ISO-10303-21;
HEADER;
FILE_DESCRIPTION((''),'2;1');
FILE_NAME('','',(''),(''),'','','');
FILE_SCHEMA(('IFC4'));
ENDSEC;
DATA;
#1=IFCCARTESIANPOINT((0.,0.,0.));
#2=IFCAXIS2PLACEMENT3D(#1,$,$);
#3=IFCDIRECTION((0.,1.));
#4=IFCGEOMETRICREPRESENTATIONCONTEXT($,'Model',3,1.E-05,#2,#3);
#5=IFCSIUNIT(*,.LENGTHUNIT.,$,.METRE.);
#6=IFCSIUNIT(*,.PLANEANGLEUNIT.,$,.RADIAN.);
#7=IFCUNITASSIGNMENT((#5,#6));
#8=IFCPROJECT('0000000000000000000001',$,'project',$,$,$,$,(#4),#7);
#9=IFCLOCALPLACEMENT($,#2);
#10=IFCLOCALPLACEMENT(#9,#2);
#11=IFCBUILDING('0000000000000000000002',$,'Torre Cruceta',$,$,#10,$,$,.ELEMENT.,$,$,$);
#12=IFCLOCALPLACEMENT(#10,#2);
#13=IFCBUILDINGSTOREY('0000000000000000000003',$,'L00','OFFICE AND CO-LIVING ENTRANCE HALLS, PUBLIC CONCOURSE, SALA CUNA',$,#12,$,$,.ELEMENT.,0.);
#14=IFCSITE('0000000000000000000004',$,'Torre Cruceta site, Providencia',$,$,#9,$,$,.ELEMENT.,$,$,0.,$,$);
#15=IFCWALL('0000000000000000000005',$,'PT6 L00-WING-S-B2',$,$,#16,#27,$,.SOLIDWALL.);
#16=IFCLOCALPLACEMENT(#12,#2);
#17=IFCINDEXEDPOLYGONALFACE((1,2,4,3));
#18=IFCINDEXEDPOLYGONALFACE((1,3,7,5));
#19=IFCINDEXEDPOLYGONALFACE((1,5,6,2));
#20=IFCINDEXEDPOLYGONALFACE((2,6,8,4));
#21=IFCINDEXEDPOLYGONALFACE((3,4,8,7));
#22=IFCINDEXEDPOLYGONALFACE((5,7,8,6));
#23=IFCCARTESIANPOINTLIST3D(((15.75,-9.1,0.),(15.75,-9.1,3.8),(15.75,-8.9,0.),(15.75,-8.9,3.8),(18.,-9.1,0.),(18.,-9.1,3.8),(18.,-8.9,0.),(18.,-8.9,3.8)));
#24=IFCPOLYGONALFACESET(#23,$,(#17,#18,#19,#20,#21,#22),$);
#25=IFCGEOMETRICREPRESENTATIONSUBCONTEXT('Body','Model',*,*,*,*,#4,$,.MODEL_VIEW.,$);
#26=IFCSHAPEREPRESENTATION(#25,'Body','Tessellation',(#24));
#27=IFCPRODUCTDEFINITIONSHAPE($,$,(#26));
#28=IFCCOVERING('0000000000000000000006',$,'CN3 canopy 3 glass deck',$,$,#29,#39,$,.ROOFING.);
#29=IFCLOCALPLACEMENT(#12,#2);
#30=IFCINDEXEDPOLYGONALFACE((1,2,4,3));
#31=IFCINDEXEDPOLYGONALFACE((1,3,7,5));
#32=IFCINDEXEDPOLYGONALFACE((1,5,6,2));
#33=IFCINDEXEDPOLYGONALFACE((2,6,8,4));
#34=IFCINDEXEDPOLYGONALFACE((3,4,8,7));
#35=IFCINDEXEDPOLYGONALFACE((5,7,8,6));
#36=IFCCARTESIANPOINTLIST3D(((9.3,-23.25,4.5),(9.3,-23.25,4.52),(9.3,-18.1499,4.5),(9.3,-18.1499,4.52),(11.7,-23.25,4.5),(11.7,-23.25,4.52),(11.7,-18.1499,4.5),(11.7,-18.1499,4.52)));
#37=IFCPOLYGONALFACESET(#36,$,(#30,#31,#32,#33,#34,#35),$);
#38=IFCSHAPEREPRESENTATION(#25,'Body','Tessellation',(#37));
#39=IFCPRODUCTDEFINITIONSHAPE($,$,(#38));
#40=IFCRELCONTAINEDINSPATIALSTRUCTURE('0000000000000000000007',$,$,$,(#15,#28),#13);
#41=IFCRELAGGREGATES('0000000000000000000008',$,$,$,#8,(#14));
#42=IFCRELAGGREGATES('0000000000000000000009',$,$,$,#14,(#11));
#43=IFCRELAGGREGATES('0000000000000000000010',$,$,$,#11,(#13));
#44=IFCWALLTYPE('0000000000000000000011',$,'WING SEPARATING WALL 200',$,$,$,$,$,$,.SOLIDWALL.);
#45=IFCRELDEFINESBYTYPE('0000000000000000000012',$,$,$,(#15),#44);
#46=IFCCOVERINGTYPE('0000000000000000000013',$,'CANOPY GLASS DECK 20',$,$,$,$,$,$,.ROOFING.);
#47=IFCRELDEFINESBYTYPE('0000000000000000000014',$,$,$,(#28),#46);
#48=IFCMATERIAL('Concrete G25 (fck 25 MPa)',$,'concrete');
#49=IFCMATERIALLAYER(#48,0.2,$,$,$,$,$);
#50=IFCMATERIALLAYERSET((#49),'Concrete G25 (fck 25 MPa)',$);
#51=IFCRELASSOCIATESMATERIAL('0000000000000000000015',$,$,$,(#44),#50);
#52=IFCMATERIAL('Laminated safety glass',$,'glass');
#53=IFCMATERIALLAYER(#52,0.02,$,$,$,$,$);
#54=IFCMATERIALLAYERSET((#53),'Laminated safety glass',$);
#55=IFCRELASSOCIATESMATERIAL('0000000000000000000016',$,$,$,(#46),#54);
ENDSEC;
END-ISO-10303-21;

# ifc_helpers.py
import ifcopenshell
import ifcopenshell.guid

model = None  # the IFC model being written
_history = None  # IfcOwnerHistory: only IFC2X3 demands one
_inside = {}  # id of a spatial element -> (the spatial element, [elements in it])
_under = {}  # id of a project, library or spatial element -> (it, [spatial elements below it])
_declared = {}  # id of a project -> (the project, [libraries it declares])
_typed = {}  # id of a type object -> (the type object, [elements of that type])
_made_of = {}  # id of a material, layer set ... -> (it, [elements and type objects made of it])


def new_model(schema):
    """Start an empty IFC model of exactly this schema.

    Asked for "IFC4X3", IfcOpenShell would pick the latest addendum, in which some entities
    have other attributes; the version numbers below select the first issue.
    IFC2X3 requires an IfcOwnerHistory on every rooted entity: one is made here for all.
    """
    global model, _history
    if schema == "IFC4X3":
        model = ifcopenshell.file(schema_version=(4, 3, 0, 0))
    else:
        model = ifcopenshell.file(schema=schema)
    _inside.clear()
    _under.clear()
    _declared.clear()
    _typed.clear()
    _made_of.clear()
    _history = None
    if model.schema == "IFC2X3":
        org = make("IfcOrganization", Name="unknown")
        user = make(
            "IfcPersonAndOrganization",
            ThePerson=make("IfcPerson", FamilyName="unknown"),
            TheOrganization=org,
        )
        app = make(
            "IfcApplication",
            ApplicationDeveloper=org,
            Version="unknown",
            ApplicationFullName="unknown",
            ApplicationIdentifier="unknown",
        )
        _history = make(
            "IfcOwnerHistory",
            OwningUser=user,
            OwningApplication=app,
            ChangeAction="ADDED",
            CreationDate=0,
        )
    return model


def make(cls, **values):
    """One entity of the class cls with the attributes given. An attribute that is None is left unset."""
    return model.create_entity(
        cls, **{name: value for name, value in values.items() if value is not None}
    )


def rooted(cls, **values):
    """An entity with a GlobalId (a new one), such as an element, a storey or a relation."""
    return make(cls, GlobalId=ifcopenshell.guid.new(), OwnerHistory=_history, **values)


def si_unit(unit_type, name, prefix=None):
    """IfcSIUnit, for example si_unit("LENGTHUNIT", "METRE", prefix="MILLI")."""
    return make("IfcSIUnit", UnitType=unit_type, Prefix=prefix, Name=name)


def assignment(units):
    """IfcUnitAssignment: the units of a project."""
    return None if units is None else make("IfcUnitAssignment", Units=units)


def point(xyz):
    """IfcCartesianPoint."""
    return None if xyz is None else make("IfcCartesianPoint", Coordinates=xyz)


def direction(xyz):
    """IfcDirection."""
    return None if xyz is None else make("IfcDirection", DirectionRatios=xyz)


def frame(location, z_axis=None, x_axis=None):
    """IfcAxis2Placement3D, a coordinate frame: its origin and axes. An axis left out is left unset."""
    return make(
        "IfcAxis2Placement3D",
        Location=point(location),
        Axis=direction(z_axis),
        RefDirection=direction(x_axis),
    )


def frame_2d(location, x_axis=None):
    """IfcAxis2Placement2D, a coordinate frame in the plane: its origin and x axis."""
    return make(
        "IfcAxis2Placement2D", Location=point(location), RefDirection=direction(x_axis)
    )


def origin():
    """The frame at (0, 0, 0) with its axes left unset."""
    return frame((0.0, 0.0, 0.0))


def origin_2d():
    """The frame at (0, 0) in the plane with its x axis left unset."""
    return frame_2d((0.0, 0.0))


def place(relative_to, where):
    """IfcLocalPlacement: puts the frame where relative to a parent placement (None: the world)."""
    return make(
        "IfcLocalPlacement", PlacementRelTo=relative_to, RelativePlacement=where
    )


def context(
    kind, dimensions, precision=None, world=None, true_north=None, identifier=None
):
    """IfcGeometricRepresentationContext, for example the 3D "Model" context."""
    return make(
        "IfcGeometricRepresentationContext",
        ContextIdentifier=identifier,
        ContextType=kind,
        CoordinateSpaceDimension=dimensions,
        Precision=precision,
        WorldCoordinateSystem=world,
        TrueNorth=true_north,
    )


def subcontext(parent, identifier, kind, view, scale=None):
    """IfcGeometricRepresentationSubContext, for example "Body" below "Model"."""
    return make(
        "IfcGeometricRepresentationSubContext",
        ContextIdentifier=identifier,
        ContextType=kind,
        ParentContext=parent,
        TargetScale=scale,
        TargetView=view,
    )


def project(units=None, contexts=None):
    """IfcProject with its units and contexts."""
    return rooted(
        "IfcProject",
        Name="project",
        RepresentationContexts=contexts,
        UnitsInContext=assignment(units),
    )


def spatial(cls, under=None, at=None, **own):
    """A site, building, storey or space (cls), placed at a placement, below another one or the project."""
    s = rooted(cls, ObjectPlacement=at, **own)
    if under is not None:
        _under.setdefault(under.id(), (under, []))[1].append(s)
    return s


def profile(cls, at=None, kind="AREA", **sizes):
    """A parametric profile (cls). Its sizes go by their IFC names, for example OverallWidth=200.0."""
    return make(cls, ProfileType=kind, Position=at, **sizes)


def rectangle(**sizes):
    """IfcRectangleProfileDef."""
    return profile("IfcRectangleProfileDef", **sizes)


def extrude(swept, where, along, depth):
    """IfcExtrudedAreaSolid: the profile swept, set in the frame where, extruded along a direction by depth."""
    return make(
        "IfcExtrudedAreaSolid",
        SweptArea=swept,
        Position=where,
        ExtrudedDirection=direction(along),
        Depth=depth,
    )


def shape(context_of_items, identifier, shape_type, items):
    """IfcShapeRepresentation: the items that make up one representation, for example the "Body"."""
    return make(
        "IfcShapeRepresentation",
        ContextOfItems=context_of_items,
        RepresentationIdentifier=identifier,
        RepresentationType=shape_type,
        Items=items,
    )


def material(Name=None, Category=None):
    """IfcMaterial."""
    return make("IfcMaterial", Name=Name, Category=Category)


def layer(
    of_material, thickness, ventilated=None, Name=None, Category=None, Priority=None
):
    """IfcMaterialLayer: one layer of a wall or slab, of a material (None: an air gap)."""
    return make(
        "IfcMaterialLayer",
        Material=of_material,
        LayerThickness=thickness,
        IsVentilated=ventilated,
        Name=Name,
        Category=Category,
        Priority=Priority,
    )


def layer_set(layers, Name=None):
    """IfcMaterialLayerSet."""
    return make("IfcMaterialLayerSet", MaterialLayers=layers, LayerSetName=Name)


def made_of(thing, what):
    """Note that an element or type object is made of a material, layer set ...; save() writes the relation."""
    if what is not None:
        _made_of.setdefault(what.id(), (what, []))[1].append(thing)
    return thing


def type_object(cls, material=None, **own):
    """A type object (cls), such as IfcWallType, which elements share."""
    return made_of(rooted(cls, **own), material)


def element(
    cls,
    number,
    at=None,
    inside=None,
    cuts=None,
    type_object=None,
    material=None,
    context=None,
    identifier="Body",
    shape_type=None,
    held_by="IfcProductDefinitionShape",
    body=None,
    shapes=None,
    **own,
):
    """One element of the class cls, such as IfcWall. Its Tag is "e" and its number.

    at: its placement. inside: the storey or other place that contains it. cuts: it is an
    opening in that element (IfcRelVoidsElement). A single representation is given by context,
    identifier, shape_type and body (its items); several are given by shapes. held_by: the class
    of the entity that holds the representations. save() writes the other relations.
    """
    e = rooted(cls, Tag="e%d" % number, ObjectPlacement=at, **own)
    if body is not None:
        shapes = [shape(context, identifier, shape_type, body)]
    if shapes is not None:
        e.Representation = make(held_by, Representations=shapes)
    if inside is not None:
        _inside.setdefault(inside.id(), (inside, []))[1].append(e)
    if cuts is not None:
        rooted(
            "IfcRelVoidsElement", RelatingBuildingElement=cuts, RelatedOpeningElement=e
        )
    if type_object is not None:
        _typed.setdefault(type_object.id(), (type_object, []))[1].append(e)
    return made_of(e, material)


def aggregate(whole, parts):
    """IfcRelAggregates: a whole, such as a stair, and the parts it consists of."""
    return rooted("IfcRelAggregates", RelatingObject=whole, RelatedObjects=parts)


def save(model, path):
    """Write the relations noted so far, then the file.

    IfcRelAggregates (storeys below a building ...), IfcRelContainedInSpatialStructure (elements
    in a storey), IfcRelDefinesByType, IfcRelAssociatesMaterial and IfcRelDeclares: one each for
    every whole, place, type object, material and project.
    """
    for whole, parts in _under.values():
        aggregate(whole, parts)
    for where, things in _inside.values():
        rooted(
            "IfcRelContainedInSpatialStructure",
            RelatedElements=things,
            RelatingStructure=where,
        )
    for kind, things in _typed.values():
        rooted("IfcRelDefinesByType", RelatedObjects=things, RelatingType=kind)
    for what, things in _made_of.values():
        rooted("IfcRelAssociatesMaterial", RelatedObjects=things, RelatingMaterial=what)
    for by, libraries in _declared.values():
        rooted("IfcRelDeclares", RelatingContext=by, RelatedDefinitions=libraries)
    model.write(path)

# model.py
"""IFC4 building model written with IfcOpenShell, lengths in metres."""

from ifc_helpers import new_model, si_unit, direction, frame, frame_2d, origin, origin_2d, place, context, subcontext, project, spatial, rectangle, extrude, material, layer, layer_set, type_object, element, save


model = new_model("IFC4")

# Units and contexts
model_context = context("Model", 3, precision=1e-05, world=origin(), true_north=direction((0.0, 1.0)))
body_context = subcontext(model_context, "Body", "Model", "MODEL_VIEW")
ifc_project = project(units=[si_unit("LENGTHUNIT", "METRE"), si_unit("PLANEANGLEUNIT", "RADIAN")], contexts=[model_context])

# Site, building, storey
site_placement = place(None, origin())
site = spatial("IfcSite", under=ifc_project, at=site_placement, Name="Torre Cruceta site, Providencia", CompositionType="ELEMENT", RefElevation=0.0)
building_placement = place(site_placement, origin())
building = spatial("IfcBuilding", under=site, at=building_placement, Name="Torre Cruceta", CompositionType="ELEMENT")
storey_placement = place(building_placement, origin())
storey = spatial("IfcBuildingStorey", under=building, at=storey_placement, Name="L00", Description="OFFICE AND CO-LIVING ENTRANCE HALLS, PUBLIC CONCOURSE, SALA CUNA", CompositionType="ELEMENT", Elevation=0.0)

# Wall
ifc_material_1 = material(Name="Concrete G25 (fck 25 MPa)", Category="concrete")
ifc_layer_1 = layer(ifc_material_1, 0.2)
ifc_layer_set_1 = layer_set([ifc_layer_1], Name="Concrete G25 (fck 25 MPa)")
wall_type_1 = type_object("IfcWallType", Name="WING SEPARATING WALL 200", PredefinedType="SOLIDWALL", material=ifc_layer_set_1)
wall_1_placement = place(storey_placement, frame((18.0, -9.0, 0.0), z_axis=(0.0, 0.0, 1.0), x_axis=(-1.0, 0.0, 0.0)))
element("IfcWall", 1, at=wall_1_placement, inside=storey, type_object=wall_type_1, Name="PT6 L00-WING-S-B2", PredefinedType="SOLIDWALL", context=body_context, shape_type="SweptSolid", body=[
    extrude(rectangle(XDim=2.25, YDim=0.2, at=frame_2d((1.125, 0.0))), origin(), (0.0, 0.0, 1.0), 3.8),
])

# Covering
ifc_material_2 = material(Name="Laminated safety glass", Category="glass")
ifc_layer_2 = layer(ifc_material_2, 0.02)
ifc_layer_set_2 = layer_set([ifc_layer_2], Name="Laminated safety glass")
covering_type = type_object("IfcCoveringType", Name="CANOPY GLASS DECK 20", PredefinedType="ROOFING", material=ifc_layer_set_2)
covering_placement = place(storey_placement, frame((10.5, -20.7, 4.5), z_axis=(0.0, 0.0, 1.0), x_axis=(0.0, -1.0, 0.0)))
element("IfcCovering", 2, at=covering_placement, inside=storey, type_object=covering_type, Name="CN3 canopy 3 glass deck", PredefinedType="ROOFING", context=body_context, shape_type="SweptSolid", body=[
    extrude(rectangle(XDim=5.1001, YDim=2.3999, at=origin_2d()), origin(), (0.0, 0.0, 1.0), 0.02),
])

save(model, "model.ifc")
